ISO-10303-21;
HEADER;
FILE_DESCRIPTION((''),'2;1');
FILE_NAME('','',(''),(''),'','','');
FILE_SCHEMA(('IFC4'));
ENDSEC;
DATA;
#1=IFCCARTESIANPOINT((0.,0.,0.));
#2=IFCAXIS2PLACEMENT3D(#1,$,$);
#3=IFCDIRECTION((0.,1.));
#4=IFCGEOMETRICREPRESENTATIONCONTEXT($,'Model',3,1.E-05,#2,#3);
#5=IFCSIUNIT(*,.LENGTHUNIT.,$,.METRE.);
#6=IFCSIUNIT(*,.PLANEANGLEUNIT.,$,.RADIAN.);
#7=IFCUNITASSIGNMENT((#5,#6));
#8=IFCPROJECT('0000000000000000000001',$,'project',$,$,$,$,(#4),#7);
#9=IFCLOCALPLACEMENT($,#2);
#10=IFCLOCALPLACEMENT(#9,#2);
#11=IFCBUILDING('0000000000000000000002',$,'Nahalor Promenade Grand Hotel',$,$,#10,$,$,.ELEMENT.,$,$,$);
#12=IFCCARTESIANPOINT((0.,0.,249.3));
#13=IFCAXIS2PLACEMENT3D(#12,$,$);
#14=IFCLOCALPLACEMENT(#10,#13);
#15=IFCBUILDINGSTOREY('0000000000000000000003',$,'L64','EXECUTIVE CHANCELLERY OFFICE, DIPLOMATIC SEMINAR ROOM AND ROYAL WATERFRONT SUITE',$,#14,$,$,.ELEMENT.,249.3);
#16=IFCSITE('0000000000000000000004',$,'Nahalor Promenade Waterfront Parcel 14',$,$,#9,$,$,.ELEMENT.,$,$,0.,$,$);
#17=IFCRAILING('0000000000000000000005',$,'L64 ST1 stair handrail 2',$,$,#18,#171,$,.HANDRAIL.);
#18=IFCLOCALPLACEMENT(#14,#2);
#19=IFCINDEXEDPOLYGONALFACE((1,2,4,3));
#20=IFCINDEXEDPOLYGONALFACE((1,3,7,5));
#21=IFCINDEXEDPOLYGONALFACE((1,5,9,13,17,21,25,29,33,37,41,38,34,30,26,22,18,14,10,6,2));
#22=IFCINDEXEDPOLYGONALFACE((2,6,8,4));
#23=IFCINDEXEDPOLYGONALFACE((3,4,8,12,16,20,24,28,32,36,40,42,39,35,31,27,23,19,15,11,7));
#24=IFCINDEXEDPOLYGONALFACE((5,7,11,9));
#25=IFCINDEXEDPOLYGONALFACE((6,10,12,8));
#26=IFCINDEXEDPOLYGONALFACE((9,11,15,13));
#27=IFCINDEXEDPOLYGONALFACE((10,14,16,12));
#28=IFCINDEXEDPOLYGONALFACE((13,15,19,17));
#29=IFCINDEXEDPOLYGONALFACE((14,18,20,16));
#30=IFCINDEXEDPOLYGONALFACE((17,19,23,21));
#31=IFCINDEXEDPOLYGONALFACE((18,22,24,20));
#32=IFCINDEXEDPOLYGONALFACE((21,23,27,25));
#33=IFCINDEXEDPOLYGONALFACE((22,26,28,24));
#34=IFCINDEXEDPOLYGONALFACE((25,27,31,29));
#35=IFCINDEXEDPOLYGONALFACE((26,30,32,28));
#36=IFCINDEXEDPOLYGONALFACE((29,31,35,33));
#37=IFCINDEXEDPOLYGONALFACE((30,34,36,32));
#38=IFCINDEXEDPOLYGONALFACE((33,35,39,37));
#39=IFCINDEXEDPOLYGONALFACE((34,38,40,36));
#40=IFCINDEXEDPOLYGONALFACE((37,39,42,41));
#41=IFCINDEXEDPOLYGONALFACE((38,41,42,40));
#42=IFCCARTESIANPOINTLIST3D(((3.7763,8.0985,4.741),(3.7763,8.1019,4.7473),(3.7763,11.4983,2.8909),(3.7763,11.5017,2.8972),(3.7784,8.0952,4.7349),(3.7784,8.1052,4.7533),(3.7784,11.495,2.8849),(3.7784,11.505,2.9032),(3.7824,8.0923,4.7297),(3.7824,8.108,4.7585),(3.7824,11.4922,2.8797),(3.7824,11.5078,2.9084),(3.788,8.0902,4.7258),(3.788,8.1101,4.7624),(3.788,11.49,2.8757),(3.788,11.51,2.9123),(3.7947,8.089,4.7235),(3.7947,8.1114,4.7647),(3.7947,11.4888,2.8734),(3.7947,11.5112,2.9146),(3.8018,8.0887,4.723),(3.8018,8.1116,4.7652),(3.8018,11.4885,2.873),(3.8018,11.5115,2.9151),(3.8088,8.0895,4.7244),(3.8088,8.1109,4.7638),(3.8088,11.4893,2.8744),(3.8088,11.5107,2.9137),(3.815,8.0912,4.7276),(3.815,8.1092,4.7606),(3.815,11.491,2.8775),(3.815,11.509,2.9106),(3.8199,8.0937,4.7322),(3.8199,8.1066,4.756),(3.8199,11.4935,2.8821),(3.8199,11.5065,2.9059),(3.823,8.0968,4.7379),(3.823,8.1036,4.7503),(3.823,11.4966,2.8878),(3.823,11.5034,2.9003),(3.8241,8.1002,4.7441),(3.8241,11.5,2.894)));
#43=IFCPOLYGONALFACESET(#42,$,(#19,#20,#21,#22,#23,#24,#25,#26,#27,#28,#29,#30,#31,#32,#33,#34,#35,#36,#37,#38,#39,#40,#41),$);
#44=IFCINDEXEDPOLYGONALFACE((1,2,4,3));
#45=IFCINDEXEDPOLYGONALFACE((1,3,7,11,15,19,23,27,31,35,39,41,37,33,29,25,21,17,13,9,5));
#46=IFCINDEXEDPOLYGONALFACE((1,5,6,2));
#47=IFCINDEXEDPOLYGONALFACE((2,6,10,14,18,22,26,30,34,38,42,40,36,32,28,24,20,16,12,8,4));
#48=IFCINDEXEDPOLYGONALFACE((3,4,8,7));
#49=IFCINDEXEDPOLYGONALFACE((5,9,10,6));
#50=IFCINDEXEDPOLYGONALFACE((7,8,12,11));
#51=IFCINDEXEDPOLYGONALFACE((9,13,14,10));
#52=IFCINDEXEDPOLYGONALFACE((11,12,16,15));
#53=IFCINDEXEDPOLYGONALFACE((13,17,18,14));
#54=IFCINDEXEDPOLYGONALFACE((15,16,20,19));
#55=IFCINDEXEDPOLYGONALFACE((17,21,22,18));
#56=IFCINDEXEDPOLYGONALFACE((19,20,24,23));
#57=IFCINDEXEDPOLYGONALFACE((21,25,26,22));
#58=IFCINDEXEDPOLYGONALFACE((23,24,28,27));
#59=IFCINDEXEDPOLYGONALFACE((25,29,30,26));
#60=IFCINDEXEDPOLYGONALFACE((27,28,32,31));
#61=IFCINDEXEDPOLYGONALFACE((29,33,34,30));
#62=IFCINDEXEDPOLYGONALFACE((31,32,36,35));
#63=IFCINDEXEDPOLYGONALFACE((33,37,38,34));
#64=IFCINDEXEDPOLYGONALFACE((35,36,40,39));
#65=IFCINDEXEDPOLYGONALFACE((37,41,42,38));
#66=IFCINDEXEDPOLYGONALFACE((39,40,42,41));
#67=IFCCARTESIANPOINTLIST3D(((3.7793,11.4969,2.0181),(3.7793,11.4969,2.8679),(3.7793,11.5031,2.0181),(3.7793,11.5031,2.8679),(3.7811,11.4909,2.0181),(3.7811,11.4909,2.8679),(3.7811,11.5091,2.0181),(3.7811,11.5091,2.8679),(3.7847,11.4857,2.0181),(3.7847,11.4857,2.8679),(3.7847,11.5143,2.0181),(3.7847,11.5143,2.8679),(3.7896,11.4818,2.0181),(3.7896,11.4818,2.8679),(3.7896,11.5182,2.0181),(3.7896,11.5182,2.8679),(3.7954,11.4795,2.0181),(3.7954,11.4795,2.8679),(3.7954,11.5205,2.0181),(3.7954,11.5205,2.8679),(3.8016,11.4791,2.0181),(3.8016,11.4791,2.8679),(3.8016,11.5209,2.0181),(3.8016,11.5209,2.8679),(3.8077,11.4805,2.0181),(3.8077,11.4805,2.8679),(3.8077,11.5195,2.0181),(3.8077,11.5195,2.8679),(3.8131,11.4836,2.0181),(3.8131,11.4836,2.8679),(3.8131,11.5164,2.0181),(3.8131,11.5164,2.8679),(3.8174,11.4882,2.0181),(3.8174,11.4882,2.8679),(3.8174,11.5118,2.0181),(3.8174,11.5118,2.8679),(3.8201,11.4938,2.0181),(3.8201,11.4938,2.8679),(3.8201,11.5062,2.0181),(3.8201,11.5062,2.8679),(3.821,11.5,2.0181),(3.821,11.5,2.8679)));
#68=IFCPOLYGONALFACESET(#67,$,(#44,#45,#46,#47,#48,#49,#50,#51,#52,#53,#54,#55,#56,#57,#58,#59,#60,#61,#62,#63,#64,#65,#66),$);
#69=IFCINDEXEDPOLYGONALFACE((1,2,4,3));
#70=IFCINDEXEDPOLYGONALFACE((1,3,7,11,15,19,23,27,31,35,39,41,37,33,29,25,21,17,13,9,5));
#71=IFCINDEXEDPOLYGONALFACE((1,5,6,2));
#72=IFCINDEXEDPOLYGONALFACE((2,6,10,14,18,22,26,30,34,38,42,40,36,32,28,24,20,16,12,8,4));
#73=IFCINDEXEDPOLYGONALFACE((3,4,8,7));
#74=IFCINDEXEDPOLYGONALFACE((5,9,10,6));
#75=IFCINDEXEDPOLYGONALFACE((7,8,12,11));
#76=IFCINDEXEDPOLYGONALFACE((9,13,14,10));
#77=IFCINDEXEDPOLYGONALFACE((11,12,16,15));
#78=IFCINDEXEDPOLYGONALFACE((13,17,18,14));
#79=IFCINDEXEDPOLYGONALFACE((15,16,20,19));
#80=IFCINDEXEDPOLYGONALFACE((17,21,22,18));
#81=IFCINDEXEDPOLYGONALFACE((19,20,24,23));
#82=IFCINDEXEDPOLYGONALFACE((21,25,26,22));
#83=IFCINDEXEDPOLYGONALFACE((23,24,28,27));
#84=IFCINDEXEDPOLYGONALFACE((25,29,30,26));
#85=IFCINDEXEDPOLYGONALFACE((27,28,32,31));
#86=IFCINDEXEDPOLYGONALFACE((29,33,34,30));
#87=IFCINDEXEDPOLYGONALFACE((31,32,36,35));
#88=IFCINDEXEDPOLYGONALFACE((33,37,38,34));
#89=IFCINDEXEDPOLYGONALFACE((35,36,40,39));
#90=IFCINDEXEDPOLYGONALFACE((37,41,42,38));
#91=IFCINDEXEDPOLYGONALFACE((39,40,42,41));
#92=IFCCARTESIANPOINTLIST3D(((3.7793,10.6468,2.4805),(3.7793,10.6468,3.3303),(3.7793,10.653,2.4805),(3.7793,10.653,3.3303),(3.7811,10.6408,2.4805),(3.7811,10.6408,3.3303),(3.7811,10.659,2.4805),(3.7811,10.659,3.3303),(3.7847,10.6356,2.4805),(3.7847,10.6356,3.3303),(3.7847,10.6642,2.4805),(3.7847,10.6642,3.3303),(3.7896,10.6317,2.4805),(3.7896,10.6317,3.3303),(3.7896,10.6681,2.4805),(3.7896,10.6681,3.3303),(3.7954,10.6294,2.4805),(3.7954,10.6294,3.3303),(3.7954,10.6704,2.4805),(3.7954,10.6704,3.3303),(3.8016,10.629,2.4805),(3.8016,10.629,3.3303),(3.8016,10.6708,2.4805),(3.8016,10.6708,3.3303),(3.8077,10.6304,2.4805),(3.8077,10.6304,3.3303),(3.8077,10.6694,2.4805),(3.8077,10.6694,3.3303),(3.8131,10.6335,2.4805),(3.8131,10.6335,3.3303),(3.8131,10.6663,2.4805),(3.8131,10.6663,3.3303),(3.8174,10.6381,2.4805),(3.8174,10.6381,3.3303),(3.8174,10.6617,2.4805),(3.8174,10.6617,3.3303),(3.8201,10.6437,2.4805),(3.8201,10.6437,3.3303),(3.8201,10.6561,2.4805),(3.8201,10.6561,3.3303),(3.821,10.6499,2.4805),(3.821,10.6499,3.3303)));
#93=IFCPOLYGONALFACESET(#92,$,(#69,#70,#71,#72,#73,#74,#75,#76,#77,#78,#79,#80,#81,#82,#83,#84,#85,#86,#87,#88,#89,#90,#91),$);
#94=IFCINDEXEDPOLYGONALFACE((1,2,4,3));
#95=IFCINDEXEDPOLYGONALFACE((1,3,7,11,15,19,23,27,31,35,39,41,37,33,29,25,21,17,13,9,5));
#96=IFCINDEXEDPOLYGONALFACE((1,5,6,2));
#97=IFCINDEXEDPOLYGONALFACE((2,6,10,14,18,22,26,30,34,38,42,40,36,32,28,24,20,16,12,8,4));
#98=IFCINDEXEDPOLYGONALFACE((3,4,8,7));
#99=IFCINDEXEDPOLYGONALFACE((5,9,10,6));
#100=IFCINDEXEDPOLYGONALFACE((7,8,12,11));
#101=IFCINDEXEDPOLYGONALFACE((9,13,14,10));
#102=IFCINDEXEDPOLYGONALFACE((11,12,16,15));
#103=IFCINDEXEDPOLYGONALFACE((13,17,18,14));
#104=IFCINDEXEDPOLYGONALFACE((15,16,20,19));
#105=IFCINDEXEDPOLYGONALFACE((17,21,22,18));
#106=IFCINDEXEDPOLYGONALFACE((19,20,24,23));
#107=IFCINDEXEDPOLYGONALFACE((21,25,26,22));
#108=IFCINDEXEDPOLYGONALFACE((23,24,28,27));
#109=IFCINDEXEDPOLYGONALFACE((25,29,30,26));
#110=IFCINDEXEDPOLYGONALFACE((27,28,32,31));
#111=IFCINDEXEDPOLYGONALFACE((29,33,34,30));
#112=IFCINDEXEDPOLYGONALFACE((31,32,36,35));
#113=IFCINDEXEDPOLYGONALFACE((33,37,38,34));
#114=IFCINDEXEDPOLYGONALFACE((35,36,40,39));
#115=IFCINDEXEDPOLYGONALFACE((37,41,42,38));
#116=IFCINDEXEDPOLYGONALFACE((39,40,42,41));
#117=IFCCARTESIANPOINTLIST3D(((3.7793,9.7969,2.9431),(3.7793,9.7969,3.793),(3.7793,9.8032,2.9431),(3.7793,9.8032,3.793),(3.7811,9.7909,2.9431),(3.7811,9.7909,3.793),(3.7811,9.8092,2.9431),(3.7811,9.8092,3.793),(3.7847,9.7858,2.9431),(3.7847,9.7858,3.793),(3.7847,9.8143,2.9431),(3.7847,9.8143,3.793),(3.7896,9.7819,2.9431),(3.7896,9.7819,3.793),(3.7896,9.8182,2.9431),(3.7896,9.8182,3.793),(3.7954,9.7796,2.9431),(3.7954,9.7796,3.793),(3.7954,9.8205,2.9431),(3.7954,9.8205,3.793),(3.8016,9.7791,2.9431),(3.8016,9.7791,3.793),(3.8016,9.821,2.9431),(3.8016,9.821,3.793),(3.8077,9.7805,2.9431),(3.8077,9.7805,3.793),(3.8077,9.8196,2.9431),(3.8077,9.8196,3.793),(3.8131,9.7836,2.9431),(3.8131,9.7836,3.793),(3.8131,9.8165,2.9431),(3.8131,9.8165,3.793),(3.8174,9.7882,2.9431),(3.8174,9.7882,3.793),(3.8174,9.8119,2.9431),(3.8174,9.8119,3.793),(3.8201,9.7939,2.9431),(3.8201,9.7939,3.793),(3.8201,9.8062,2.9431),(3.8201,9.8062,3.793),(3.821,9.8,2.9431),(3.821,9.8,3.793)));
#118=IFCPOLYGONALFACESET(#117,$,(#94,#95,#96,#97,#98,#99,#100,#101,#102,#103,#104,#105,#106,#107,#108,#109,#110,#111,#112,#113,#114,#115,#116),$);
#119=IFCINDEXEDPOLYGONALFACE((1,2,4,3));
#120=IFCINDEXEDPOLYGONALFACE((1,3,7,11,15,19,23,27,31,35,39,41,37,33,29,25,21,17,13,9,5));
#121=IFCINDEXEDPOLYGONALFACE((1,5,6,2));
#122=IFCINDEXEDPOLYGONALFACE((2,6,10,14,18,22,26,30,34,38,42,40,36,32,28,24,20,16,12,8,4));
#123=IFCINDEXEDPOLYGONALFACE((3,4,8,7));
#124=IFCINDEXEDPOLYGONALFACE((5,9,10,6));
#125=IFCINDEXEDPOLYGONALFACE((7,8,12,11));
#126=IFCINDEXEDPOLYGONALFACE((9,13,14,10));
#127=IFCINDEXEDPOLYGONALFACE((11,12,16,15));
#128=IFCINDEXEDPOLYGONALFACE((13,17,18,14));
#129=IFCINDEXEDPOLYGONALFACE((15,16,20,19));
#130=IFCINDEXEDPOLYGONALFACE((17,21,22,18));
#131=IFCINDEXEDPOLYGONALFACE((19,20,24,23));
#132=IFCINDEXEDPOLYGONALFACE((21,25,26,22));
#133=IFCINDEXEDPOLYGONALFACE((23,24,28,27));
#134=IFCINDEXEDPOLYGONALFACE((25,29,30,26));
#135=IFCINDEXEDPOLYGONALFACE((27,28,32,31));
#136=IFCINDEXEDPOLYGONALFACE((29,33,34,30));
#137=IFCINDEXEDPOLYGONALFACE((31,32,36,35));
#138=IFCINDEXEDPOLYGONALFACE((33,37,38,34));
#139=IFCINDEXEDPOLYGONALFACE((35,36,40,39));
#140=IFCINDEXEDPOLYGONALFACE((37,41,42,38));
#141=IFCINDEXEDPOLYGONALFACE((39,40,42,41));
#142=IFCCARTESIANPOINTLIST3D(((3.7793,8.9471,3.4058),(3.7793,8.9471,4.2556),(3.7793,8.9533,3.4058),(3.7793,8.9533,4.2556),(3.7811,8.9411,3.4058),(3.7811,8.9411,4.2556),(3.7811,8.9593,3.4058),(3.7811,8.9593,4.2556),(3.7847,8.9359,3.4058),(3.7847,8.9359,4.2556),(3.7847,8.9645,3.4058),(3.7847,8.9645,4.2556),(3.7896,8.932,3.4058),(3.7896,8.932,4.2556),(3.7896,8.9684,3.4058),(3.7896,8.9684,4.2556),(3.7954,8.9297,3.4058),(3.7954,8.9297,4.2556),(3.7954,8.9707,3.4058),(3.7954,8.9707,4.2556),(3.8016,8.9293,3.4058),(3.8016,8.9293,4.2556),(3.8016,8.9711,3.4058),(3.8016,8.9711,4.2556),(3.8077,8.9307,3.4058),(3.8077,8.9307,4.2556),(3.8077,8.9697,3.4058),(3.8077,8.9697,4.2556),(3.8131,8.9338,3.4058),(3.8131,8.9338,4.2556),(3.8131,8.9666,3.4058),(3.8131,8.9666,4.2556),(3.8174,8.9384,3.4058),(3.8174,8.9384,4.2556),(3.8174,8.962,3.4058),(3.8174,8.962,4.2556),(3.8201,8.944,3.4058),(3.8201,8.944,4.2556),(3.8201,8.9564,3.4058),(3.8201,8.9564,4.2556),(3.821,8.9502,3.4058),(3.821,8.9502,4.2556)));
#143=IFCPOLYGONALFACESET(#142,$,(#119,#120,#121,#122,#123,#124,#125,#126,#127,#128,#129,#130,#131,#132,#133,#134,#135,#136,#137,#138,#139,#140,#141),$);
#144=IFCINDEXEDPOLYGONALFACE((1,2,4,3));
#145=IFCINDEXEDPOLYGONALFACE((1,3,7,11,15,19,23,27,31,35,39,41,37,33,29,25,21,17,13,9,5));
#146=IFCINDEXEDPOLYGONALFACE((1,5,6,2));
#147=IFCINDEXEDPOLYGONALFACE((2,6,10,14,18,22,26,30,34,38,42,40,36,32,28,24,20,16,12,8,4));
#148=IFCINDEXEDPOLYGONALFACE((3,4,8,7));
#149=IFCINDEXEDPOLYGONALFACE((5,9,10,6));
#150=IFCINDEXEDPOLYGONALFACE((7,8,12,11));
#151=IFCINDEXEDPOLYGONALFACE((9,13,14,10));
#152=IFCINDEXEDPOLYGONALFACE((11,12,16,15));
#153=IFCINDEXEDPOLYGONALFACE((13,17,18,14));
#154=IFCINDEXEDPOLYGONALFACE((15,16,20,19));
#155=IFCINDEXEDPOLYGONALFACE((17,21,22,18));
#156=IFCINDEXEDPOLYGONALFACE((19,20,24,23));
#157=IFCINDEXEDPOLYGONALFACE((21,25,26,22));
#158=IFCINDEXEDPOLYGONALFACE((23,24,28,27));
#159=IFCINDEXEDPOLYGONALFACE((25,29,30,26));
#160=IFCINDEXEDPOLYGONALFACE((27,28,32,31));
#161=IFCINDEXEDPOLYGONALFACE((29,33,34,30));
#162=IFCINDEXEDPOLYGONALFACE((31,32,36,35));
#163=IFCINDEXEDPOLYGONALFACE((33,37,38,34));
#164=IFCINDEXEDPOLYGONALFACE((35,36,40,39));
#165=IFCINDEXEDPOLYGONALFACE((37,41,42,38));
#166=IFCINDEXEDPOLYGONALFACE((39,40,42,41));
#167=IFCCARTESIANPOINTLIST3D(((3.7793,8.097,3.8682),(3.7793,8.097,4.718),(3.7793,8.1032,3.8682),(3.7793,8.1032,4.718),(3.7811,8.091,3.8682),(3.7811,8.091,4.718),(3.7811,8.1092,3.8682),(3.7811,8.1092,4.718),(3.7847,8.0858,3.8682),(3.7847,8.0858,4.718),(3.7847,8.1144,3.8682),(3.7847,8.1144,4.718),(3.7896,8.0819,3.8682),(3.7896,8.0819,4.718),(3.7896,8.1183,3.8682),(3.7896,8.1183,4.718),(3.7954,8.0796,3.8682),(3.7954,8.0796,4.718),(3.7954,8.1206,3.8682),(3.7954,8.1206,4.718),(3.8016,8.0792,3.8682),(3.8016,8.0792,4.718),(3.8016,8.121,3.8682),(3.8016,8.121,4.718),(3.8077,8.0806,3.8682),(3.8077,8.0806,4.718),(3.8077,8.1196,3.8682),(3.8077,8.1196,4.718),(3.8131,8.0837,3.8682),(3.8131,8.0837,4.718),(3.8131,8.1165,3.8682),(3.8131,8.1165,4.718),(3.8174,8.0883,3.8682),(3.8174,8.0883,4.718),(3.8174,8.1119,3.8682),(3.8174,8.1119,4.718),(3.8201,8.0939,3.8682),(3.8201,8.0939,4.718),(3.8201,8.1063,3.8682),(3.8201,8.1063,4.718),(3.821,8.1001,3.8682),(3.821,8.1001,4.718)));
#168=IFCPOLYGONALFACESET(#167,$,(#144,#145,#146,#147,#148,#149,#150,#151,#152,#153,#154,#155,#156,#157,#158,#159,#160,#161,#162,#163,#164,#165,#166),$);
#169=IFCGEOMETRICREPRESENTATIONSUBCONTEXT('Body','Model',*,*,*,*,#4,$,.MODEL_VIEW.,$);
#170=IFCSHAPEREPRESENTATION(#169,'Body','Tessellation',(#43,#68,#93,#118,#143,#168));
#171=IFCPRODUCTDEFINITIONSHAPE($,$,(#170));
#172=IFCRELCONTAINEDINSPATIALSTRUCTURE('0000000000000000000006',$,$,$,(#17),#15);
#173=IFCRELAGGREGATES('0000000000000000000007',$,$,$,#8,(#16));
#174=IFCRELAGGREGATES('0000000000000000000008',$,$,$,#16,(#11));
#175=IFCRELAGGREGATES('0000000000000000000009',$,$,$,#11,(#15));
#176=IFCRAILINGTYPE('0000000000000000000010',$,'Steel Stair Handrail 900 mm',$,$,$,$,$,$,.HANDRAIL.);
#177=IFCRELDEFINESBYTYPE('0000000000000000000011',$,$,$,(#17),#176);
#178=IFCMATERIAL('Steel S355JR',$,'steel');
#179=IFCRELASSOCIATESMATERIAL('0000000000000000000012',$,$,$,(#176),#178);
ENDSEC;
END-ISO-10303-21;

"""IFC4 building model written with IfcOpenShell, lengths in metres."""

from ifc_helpers import new_model, si_unit, direction, frame, origin, origin_2d, place, context, subcontext, project, spatial, circle, extrude, material, type_object, element, save


model = new_model("IFC4")

# Units and contexts
model_context = context("Model", 3, precision=1e-05, world=origin(), true_north=direction((0.0, 1.0)))
body_context = subcontext(model_context, "Body", "Model", "MODEL_VIEW")
ifc_project = project(units=[si_unit("LENGTHUNIT", "METRE"), si_unit("PLANEANGLEUNIT", "RADIAN")], contexts=[model_context])

# Site, building, storey
site_placement = place(None, origin())
site = spatial("IfcSite", under=ifc_project, at=site_placement, Name="Nahalor Promenade Waterfront Parcel 14", CompositionType="ELEMENT", RefElevation=0.0)
building_placement = place(site_placement, origin())
building = spatial("IfcBuilding", under=site, at=building_placement, Name="Nahalor Promenade Grand Hotel", CompositionType="ELEMENT")
storey_placement = place(building_placement, frame((0.0, 0.0, 249.3)))
storey = spatial("IfcBuildingStorey", under=building, at=storey_placement, Name="L64", Description="EXECUTIVE CHANCELLERY OFFICE, DIPLOMATIC SEMINAR ROOM AND ROYAL WATERFRONT SUITE", CompositionType="ELEMENT", Elevation=249.3)

# Shared definitions
ifc_material_1 = material(Name="Steel S355JR", Category="steel")

# Railing
railing_type_1 = type_object("IfcRailingType", Name="Steel Stair Handrail 900 mm", PredefinedType="HANDRAIL", material=ifc_material_1)
railing_1_placement = place(storey_placement, frame((3.8, 11.5, 2.0181)))
element("IfcRailing", 1, at=railing_1_placement, inside=storey, type_object=railing_type_1, Name="L64 ST1 stair handrail 2", PredefinedType="HANDRAIL", context=body_context, shape_type="SweptSolid", body=[
    extrude(circle(Radius=0.024, at=origin_2d()), frame((0.0, 0.0, 0.876), z_axis=(0.0, -0.878372, 0.477977), x_axis=(1.0, 0.0, 0.0)), (0.0, 0.0, 1.0), 3.8706),
    extrude(circle(Radius=0.021, at=origin_2d()), origin(), (0.0, 0.0, 1.0), 0.8499),
    extrude(circle(Radius=0.021, at=origin_2d()), frame((0.0, -0.8501, 0.4624)), (0.0, 0.0, 1.0), 0.8499),
    extrude(circle(Radius=0.021, at=origin_2d()), frame((0.0, -1.7, 0.925)), (0.0, 0.0, 1.0), 0.8499),
    extrude(circle(Radius=0.021, at=origin_2d()), frame((0.0, -2.5498, 1.3877)), (0.0, 0.0, 1.0), 0.8499),
    extrude(circle(Radius=0.021, at=origin_2d()), frame((0.0, -3.3999, 1.8501)), (0.0, 0.0, 1.0), 0.8499),
])

save(model, "model.ifc")
